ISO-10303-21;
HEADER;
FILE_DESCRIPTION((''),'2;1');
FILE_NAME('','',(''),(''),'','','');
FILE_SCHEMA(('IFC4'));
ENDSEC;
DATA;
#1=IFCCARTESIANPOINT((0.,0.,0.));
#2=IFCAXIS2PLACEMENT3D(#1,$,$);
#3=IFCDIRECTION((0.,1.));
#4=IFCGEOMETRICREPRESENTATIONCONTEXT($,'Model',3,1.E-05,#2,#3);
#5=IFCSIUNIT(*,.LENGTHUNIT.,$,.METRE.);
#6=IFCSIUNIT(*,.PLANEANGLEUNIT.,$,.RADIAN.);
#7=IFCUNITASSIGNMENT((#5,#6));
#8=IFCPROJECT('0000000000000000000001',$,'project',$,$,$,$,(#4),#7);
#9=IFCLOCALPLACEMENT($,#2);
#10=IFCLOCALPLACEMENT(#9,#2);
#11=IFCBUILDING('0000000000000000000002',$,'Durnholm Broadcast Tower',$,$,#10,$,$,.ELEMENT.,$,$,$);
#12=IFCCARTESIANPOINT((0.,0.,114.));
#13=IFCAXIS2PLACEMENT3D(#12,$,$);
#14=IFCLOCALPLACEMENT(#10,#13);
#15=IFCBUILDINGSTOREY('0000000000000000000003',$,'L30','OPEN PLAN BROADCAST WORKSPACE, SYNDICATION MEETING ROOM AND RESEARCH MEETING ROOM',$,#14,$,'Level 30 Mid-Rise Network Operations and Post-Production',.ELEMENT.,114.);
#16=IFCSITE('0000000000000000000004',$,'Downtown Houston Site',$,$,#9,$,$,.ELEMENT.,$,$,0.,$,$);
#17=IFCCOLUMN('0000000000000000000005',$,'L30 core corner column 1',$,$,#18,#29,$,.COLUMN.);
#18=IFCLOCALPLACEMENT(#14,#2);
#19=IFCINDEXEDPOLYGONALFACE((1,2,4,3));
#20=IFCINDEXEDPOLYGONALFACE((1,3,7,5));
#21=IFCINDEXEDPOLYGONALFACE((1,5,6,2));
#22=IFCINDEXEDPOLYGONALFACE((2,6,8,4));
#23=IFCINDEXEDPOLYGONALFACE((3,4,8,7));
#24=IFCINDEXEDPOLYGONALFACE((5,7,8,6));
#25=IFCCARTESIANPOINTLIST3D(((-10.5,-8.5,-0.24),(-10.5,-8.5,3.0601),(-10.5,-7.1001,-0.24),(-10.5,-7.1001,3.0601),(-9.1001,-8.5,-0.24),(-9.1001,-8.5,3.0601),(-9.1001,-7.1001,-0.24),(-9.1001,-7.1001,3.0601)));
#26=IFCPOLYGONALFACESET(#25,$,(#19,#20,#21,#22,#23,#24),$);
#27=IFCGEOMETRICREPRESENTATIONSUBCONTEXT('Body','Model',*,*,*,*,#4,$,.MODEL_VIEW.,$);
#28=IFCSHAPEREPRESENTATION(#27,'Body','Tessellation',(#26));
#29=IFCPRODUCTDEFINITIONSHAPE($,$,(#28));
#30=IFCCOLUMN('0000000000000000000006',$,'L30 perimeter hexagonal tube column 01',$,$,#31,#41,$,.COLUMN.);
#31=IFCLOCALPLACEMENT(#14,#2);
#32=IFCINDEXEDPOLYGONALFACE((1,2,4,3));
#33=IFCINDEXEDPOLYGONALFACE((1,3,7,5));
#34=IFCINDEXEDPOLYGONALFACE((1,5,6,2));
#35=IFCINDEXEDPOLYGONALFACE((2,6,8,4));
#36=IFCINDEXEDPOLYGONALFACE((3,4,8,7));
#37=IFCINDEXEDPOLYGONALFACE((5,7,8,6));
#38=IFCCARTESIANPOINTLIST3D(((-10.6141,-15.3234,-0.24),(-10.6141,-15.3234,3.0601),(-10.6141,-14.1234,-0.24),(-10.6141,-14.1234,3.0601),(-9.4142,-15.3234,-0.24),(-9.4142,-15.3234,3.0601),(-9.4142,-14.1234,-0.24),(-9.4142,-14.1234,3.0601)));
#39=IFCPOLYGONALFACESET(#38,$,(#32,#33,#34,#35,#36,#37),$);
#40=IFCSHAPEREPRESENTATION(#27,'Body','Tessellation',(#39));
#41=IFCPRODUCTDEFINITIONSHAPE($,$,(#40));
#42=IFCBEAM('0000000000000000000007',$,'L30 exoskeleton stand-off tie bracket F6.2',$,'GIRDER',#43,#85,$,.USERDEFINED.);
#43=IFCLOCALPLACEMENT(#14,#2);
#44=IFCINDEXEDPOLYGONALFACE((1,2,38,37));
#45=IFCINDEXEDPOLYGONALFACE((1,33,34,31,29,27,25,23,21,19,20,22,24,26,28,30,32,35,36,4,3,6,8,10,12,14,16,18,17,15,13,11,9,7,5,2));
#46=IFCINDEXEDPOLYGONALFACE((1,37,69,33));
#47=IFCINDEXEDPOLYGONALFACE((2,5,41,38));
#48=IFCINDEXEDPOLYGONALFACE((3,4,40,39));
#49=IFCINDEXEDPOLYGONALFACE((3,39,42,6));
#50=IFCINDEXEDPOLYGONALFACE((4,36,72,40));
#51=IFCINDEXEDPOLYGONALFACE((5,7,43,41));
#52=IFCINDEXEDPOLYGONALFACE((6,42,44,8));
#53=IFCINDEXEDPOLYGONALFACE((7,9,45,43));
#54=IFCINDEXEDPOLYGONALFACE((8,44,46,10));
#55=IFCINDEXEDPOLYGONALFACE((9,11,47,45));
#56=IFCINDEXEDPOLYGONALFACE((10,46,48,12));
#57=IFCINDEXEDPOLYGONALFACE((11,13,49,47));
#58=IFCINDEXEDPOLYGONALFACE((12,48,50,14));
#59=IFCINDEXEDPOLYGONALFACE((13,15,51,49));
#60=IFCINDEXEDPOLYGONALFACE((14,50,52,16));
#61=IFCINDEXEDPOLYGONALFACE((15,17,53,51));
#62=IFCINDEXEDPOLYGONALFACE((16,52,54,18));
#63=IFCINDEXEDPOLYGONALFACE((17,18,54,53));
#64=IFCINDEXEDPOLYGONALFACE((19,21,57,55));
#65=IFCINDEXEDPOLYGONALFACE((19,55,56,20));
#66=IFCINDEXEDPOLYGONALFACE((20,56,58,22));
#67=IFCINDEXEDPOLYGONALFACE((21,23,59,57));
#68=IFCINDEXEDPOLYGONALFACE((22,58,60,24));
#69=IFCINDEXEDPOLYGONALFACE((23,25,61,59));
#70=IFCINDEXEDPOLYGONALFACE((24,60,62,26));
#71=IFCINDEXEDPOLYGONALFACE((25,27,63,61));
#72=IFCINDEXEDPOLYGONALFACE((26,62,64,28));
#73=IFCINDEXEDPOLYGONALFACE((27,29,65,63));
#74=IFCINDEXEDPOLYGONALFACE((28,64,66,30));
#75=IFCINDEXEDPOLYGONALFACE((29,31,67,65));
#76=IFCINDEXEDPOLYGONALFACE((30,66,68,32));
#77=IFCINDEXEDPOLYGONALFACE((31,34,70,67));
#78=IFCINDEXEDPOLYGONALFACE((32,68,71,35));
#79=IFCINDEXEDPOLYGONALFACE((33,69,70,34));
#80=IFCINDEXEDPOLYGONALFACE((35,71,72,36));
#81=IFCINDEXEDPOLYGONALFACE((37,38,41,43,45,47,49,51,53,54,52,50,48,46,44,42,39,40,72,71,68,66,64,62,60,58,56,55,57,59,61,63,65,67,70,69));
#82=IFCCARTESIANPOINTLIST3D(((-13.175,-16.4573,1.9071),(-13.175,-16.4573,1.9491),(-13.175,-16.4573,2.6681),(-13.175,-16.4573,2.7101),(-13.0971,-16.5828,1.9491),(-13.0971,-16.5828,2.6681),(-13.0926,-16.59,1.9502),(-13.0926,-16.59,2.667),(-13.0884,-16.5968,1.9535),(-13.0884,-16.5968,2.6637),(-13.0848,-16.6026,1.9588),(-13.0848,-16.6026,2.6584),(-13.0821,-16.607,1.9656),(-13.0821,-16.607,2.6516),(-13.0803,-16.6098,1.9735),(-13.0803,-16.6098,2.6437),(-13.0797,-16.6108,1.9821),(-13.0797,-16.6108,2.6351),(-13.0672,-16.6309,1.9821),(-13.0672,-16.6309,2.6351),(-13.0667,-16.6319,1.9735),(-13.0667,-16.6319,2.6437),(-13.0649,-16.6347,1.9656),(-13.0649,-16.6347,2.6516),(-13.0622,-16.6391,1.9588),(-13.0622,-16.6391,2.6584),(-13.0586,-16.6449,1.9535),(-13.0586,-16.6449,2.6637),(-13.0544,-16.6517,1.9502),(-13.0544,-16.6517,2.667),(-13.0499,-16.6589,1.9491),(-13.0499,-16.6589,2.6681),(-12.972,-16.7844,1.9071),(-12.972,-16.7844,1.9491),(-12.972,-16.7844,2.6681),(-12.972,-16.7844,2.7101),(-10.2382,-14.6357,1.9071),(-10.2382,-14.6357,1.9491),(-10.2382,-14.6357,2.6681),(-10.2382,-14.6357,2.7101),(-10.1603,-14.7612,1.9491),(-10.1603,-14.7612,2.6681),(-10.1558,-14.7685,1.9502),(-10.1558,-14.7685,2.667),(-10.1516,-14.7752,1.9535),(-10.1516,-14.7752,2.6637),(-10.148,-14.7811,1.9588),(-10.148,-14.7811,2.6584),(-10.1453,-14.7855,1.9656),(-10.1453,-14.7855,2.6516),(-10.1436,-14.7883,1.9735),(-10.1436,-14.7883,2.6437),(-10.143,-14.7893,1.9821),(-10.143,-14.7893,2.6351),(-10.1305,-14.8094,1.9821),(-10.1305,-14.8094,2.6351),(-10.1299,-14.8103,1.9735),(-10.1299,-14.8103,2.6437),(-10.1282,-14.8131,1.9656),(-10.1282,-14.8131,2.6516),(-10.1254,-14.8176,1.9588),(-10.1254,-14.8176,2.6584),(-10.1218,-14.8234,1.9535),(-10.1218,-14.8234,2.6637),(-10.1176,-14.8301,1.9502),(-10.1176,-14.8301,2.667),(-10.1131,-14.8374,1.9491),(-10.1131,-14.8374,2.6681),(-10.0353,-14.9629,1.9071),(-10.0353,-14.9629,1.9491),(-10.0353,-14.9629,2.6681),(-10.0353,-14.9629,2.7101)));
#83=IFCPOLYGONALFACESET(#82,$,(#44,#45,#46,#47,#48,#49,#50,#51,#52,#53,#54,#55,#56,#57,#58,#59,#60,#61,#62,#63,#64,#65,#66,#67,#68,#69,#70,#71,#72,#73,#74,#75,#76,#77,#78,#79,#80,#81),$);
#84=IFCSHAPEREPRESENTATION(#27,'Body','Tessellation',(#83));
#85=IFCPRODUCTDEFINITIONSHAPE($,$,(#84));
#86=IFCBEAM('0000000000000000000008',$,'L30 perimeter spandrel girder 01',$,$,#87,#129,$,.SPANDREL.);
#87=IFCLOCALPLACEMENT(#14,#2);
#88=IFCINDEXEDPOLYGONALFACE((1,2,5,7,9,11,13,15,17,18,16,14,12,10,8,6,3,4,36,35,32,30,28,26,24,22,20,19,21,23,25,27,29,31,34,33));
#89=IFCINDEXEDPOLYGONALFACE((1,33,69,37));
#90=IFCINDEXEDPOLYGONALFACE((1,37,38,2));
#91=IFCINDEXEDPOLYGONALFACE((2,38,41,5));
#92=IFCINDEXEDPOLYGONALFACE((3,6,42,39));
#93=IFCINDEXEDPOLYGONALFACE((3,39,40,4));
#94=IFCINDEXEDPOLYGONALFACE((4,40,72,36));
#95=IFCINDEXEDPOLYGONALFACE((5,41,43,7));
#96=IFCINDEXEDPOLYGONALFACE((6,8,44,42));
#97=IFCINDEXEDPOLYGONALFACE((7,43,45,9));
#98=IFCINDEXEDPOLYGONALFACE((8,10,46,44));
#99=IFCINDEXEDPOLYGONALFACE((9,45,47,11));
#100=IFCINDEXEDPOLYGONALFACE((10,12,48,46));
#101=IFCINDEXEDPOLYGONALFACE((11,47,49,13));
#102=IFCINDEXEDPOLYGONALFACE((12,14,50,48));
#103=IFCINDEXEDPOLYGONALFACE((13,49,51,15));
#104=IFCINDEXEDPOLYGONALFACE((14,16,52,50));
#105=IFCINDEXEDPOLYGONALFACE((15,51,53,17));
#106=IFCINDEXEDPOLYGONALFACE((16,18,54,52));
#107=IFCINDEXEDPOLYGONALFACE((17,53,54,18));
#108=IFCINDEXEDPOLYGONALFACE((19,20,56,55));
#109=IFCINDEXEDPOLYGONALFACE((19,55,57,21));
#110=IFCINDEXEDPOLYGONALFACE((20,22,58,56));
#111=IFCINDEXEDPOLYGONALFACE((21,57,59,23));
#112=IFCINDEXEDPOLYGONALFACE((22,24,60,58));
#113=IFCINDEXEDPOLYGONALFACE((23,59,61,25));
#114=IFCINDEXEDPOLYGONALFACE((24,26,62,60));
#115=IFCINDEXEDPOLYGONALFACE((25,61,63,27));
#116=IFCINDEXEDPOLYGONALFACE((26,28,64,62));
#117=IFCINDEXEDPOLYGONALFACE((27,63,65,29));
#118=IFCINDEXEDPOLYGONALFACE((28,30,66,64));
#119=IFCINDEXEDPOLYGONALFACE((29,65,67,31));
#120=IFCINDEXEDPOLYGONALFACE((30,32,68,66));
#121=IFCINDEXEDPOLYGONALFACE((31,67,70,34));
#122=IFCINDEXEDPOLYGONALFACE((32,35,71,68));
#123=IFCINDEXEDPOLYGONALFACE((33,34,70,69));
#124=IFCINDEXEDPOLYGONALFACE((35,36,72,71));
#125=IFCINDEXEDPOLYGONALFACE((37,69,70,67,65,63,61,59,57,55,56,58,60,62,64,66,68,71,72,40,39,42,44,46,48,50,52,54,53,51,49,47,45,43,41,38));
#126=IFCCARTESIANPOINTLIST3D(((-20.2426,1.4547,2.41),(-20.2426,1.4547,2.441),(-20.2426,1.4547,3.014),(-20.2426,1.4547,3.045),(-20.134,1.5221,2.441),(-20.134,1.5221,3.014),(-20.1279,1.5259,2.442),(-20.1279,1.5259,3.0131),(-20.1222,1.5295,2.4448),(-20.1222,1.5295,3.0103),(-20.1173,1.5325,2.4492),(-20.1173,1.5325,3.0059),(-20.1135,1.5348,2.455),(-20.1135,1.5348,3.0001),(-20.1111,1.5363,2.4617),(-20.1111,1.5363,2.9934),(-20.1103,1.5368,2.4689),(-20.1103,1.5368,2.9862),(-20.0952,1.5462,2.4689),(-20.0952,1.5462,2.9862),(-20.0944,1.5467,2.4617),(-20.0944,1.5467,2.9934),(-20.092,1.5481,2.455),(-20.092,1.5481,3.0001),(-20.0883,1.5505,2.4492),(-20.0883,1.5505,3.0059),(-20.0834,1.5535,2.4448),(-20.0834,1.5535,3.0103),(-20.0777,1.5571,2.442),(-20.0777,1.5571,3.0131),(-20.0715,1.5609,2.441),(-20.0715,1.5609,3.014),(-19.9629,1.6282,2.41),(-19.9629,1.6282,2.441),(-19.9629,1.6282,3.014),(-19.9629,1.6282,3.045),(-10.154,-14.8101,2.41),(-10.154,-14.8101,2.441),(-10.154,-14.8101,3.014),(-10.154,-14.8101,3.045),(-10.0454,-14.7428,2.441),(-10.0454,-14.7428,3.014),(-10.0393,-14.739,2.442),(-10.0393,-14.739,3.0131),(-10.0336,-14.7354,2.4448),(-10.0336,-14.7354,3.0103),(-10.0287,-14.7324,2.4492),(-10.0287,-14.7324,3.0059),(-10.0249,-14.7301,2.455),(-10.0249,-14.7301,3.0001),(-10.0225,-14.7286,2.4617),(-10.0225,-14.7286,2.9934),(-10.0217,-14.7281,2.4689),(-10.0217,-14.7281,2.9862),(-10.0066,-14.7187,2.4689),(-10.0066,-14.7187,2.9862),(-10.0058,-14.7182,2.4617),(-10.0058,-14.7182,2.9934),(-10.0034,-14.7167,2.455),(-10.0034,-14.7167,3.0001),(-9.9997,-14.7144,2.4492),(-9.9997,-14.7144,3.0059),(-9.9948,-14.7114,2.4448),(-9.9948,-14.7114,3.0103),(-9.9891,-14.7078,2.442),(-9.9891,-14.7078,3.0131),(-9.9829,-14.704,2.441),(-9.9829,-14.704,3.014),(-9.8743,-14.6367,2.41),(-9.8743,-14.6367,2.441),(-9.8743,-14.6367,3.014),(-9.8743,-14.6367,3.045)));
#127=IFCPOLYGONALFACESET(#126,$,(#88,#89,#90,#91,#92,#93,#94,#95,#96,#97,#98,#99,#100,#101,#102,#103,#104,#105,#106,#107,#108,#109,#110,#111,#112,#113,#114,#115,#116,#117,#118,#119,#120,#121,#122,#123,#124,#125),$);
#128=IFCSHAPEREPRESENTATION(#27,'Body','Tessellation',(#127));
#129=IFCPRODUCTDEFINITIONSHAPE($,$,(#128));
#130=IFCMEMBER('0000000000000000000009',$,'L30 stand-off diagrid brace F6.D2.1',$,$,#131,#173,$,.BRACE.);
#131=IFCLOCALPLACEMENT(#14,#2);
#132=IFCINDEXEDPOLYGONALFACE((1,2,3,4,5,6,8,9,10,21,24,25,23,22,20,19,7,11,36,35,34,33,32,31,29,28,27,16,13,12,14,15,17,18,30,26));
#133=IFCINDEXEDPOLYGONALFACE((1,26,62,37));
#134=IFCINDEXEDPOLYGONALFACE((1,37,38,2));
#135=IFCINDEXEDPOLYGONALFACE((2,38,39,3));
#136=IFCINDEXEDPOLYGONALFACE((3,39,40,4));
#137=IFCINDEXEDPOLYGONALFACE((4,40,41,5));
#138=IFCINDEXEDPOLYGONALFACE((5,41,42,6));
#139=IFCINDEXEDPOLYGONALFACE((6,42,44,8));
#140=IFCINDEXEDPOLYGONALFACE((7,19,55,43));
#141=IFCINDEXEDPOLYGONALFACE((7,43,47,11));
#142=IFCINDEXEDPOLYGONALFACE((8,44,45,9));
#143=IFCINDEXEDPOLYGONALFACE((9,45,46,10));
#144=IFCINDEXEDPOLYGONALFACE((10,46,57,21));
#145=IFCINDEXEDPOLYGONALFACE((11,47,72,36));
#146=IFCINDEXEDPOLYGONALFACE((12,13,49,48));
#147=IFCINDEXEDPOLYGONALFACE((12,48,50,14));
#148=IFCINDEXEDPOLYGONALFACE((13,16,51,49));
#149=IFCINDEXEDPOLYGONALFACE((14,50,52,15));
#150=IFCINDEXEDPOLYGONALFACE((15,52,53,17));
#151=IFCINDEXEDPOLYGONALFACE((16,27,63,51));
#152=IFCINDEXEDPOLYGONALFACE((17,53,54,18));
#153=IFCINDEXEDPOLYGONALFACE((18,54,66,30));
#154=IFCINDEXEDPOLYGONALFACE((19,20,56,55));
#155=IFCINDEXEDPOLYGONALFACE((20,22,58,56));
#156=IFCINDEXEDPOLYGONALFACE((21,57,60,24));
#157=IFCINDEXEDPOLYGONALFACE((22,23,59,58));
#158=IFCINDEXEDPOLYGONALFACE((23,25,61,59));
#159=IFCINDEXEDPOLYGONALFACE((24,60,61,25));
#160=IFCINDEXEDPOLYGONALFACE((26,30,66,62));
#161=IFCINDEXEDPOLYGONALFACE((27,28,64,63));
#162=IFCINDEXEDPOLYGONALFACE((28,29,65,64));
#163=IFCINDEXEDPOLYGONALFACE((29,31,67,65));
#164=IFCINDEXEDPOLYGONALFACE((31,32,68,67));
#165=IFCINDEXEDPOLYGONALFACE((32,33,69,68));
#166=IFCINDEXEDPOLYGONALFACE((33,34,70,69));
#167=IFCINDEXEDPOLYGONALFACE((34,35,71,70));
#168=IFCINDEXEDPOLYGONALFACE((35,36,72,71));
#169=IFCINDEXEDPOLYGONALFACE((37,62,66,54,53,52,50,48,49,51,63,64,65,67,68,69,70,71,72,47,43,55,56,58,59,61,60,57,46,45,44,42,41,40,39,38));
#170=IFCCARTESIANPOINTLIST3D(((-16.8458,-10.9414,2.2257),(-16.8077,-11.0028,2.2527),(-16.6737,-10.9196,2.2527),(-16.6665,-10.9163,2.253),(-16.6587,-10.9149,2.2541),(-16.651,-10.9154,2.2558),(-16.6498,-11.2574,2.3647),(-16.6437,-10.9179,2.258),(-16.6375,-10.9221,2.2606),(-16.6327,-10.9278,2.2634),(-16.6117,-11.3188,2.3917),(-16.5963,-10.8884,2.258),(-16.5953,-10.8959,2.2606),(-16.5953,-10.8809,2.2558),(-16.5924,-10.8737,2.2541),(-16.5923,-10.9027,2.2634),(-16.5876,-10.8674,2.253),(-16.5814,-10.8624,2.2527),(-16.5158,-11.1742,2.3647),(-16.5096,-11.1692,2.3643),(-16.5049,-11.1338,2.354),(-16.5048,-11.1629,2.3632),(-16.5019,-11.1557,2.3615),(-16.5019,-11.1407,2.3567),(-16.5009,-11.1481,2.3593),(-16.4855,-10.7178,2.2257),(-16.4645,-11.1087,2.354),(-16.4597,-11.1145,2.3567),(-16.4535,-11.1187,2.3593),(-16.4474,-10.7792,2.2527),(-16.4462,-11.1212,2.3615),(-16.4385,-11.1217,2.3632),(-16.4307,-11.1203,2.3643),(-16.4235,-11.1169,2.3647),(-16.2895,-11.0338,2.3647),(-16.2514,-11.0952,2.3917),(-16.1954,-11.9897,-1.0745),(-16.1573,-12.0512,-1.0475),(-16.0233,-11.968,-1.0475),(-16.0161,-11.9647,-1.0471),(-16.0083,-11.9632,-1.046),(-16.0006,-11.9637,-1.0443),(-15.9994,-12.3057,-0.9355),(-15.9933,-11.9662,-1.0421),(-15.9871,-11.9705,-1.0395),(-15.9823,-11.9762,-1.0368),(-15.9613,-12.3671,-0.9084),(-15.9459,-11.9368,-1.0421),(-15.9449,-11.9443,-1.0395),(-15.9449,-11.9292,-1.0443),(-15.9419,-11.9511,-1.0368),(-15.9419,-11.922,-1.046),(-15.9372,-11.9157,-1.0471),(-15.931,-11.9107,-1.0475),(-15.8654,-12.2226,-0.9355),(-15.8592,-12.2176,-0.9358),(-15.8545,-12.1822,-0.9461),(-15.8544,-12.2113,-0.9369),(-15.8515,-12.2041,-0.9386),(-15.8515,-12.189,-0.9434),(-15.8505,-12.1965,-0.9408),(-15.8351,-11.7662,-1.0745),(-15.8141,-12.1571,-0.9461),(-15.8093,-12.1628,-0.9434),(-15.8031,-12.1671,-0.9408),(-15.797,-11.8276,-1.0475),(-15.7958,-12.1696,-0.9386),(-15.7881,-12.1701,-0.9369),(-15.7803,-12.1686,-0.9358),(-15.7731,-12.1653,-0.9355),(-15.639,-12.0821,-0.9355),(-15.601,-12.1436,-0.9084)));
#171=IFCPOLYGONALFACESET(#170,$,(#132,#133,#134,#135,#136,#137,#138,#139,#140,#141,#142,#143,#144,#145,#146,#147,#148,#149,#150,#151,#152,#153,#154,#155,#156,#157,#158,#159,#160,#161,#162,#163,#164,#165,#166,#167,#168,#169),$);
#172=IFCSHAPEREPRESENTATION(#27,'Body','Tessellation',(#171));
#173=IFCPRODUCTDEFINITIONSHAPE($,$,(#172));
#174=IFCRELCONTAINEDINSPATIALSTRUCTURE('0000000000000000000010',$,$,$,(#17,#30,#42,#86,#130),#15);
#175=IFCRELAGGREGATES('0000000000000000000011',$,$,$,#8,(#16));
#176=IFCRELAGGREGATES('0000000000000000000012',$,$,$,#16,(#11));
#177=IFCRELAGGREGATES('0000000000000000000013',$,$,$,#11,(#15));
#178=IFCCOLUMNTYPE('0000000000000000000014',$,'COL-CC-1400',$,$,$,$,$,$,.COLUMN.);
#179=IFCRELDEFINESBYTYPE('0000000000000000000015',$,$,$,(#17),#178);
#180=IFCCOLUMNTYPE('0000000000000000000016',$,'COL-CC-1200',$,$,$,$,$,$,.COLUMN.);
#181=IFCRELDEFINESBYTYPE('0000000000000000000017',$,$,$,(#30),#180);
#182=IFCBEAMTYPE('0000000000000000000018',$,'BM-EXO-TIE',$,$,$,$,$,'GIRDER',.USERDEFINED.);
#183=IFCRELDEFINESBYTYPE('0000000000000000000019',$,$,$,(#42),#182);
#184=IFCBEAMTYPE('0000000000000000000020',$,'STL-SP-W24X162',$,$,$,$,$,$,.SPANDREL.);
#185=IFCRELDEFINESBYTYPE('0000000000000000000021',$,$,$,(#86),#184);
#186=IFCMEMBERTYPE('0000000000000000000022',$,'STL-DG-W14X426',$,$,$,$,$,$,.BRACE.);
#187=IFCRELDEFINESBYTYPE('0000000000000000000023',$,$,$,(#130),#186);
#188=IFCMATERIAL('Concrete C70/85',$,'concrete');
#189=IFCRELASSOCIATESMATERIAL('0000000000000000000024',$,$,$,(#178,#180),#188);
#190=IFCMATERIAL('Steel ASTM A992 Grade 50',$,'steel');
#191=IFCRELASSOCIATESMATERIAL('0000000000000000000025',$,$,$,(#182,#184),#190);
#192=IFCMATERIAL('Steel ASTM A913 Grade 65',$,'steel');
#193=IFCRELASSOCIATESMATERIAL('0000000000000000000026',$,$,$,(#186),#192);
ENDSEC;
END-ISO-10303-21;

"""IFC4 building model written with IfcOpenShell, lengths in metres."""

from ifc_helpers import new_model, si_unit, direction, frame, origin, origin_2d, place, context, subcontext, project, spatial, rectangle, i_section, extrude, source, transform, mapped, material, material_profile, profile_set, type_object, type_shapes, element, save


model = new_model("IFC4")

# Units and contexts
model_context = context("Model", 3, precision=1e-05, world=origin(), true_north=direction((0.0, 1.0)))
body_context = subcontext(model_context, "Body", "Model", "MODEL_VIEW")
ifc_project = project(units=[si_unit("LENGTHUNIT", "METRE"), si_unit("PLANEANGLEUNIT", "RADIAN")], contexts=[model_context])

# Site, building, storey
site_placement = place(None, origin())
site = spatial("IfcSite", under=ifc_project, at=site_placement, Name="Downtown Houston Site", CompositionType="ELEMENT", RefElevation=0.0)
building_placement = place(site_placement, origin())
building = spatial("IfcBuilding", under=site, at=building_placement, Name="Durnholm Broadcast Tower", CompositionType="ELEMENT")
storey_placement = place(building_placement, frame((0.0, 0.0, 114.0)))
storey = spatial("IfcBuildingStorey", under=building, at=storey_placement, Name="L30", Description="OPEN PLAN BROADCAST WORKSPACE, SYNDICATION MEETING ROOM AND RESEARCH MEETING ROOM", LongName="Level 30 Mid-Rise Network Operations and Post-Production", CompositionType="ELEMENT", Elevation=114.0)

# Columns
ifc_material_1 = material(Name="Concrete C70/85", Category="concrete")
ifc_material_profile_1 = material_profile(ifc_material_1, rectangle(XDim=1.3999, YDim=1.3999, at=origin_2d()), Name="RC1400X1400")
ifc_profile_set_1 = profile_set([ifc_material_profile_1], Name="Concrete C70/85")
column_type_1 = type_object("IfcColumnType", Name="COL-CC-1400", PredefinedType="COLUMN", material=ifc_profile_set_1)
shared_shape_1 = source(origin(), body_context, "Body", "SweptSolid", [
    extrude(rectangle(XDim=1.3999, YDim=1.3999, at=origin_2d()), origin(), (0.0, 0.0, 1.0), 3.3),
])
type_shapes(column_type_1, [shared_shape_1])
column_1_placement = place(storey_placement, frame((-9.8, -7.8, -0.24), z_axis=(0.0, 0.0, 1.0), x_axis=(1.0, 0.0, 0.0)))
element("IfcColumn", 1, at=column_1_placement, inside=storey, type_object=column_type_1, Name="L30 core corner column 1", PredefinedType="COLUMN", context=body_context, shape_type="MappedRepresentation", body=[
    mapped(shared_shape_1, transform((0.0, 0.0, 0.0), x_axis=(1.0, 0.0, 0.0), y_axis=(0.0, 1.0, 0.0), z_axis=(0.0, 0.0, 1.0), scale=1.0)),
])
ifc_material_profile_2 = material_profile(ifc_material_1, rectangle(XDim=1.2, YDim=1.2, at=origin_2d()), Name="RC1200X1200")
ifc_profile_set_2 = profile_set([ifc_material_profile_2], Name="Concrete C70/85")
column_type_2 = type_object("IfcColumnType", Name="COL-CC-1200", PredefinedType="COLUMN", material=ifc_profile_set_2)
shared_shape_2 = source(origin(), body_context, "Body", "SweptSolid", [
    extrude(rectangle(XDim=1.2, YDim=1.2, at=origin_2d()), origin(), (0.0, 0.0, 1.0), 3.3),
])
type_shapes(column_type_2, [shared_shape_2])
column_2_placement = place(storey_placement, frame((-10.0142, -14.7234, -0.24), z_axis=(0.0, 0.0, 1.0), x_axis=(1.0, 0.0, 0.0)))
element("IfcColumn", 2, at=column_2_placement, inside=storey, type_object=column_type_2, Name="L30 perimeter hexagonal tube column 01", PredefinedType="COLUMN", context=body_context, shape_type="MappedRepresentation", body=[
    mapped(shared_shape_2, transform((0.0, 0.0, 0.0), x_axis=(1.0, 0.0, 0.0), y_axis=(0.0, 1.0, 0.0), z_axis=(0.0, 0.0, 1.0), scale=1.0)),
])

# Beams
ifc_material_2 = material(Name="Steel ASTM A992 Grade 50", Category="steel")
ifc_material_profile_3 = material_profile(ifc_material_2, i_section(OverallWidth=0.385, OverallDepth=0.803, WebThickness=0.0237, FlangeThickness=0.042, FilletRadius=0.033, at=origin_2d()), Name="W30X261")
ifc_profile_set_3 = profile_set([ifc_material_profile_3], Name="Steel ASTM A992 Grade 50")
beam_type_1 = type_object("IfcBeamType", Name="BM-EXO-TIE", ElementType="GIRDER", PredefinedType="USERDEFINED", material=ifc_profile_set_3)
shared_shape_3 = source(origin(), body_context, "Body", "SweptSolid", [
    extrude(i_section(OverallWidth=0.385, OverallDepth=0.803, WebThickness=0.0237, FlangeThickness=0.042, FilletRadius=0.033, at=origin_2d()), origin(), (0.0, 0.0, 1.0), 3.4558),
])
type_shapes(beam_type_1, [shared_shape_3])
beam_1_placement = place(storey_placement, frame((-10.1367, -14.7993, 2.3086), z_axis=(-0.849807, -0.527094, 0.0), x_axis=(0.527094, -0.849807, 0.0)))
element("IfcBeam", 3, at=beam_1_placement, inside=storey, type_object=beam_type_1, Name="L30 exoskeleton stand-off tie bracket F6.2", ObjectType="GIRDER", PredefinedType="USERDEFINED", context=body_context, shape_type="MappedRepresentation", body=[
    mapped(shared_shape_3, transform((0.0, 0.0, 0.0), x_axis=(1.0, 0.0, 0.0), y_axis=(0.0, 1.0, 0.0), z_axis=(0.0, 0.0, 1.0), scale=1.0)),
])
ifc_material_profile_4 = material_profile(ifc_material_2, i_section(OverallWidth=0.3291, OverallDepth=0.635, WebThickness=0.0178, FlangeThickness=0.031, FilletRadius=0.0278, at=origin_2d()), Name="W24X162")
ifc_profile_set_4 = profile_set([ifc_material_profile_4], Name="Steel ASTM A992 Grade 50")
beam_type_2 = type_object("IfcBeamType", Name="STL-SP-W24X162", PredefinedType="SPANDREL", material=ifc_profile_set_4)
shared_shape_4 = source(origin(), body_context, "Body", "SweptSolid", [
    extrude(i_section(OverallWidth=0.3291, OverallDepth=0.635, WebThickness=0.0178, FlangeThickness=0.031, FilletRadius=0.0278, at=origin_2d()), origin(), (0.0, 0.0, 1.0), 19.1396),
])
type_shapes(beam_type_2, [shared_shape_4])
beam_2_placement = place(storey_placement, frame((-10.0142, -14.7234, 2.7275), z_axis=(-0.527105, 0.8498, 0.0), x_axis=(-0.8498, -0.527105, 0.0)))
element("IfcBeam", 4, at=beam_2_placement, inside=storey, type_object=beam_type_2, Name="L30 perimeter spandrel girder 01", PredefinedType="SPANDREL", context=body_context, shape_type="MappedRepresentation", body=[
    mapped(shared_shape_4, transform((0.0, 0.0, 0.0), x_axis=(1.0, 0.0, 0.0), y_axis=(0.0, 1.0, 0.0), z_axis=(0.0, 0.0, 1.0), scale=1.0)),
])

# Member
ifc_material_3 = material(Name="Steel ASTM A913 Grade 65", Category="steel")
ifc_material_profile_5 = material_profile(ifc_material_3, i_section(OverallWidth=0.4241, OverallDepth=0.4741, WebThickness=0.0476, FlangeThickness=0.0771, FilletRadius=0.0305, at=origin_2d()), Name="W14X426")
ifc_profile_set_5 = profile_set([ifc_material_profile_5], Name="Steel ASTM A913 Grade 65")
member_type_1 = type_object("IfcMemberType", Name="STL-DG-W14X426", PredefinedType="BRACE", material=ifc_profile_set_5)
shared_shape_5 = source(origin(), body_context, "Body", "SweptSolid", [
    extrude(i_section(OverallWidth=0.4241, OverallDepth=0.4741, WebThickness=0.0476, FlangeThickness=0.0771, FilletRadius=0.0305, at=origin_2d()), origin(), (0.0, 0.0, 1.0), 3.5232),
])
type_shapes(member_type_1, [shared_shape_5])
for number, where, z_axis, x_axis, name in (
    (5, (-15.8982, -12.0667, -0.9915), (-0.184607, 0.29756, 0.936685), (-0.84975, -0.527186, 0.0), "L30 stand-off diagrid brace F6.D2.1"),
):
    element("IfcMember", number, at=place(storey_placement, frame(where, z_axis=z_axis, x_axis=x_axis)), inside=storey, type_object=member_type_1, Name=name, PredefinedType="BRACE", context=body_context, shape_type="MappedRepresentation", body=[
        mapped(shared_shape_5, transform((0.0, 0.0, 0.0), x_axis=(1.0, 0.0, 0.0), y_axis=(0.0, 1.0, 0.0), z_axis=(0.0, 0.0, 1.0), scale=1.0)),
    ])

save(model, "model.ifc")
